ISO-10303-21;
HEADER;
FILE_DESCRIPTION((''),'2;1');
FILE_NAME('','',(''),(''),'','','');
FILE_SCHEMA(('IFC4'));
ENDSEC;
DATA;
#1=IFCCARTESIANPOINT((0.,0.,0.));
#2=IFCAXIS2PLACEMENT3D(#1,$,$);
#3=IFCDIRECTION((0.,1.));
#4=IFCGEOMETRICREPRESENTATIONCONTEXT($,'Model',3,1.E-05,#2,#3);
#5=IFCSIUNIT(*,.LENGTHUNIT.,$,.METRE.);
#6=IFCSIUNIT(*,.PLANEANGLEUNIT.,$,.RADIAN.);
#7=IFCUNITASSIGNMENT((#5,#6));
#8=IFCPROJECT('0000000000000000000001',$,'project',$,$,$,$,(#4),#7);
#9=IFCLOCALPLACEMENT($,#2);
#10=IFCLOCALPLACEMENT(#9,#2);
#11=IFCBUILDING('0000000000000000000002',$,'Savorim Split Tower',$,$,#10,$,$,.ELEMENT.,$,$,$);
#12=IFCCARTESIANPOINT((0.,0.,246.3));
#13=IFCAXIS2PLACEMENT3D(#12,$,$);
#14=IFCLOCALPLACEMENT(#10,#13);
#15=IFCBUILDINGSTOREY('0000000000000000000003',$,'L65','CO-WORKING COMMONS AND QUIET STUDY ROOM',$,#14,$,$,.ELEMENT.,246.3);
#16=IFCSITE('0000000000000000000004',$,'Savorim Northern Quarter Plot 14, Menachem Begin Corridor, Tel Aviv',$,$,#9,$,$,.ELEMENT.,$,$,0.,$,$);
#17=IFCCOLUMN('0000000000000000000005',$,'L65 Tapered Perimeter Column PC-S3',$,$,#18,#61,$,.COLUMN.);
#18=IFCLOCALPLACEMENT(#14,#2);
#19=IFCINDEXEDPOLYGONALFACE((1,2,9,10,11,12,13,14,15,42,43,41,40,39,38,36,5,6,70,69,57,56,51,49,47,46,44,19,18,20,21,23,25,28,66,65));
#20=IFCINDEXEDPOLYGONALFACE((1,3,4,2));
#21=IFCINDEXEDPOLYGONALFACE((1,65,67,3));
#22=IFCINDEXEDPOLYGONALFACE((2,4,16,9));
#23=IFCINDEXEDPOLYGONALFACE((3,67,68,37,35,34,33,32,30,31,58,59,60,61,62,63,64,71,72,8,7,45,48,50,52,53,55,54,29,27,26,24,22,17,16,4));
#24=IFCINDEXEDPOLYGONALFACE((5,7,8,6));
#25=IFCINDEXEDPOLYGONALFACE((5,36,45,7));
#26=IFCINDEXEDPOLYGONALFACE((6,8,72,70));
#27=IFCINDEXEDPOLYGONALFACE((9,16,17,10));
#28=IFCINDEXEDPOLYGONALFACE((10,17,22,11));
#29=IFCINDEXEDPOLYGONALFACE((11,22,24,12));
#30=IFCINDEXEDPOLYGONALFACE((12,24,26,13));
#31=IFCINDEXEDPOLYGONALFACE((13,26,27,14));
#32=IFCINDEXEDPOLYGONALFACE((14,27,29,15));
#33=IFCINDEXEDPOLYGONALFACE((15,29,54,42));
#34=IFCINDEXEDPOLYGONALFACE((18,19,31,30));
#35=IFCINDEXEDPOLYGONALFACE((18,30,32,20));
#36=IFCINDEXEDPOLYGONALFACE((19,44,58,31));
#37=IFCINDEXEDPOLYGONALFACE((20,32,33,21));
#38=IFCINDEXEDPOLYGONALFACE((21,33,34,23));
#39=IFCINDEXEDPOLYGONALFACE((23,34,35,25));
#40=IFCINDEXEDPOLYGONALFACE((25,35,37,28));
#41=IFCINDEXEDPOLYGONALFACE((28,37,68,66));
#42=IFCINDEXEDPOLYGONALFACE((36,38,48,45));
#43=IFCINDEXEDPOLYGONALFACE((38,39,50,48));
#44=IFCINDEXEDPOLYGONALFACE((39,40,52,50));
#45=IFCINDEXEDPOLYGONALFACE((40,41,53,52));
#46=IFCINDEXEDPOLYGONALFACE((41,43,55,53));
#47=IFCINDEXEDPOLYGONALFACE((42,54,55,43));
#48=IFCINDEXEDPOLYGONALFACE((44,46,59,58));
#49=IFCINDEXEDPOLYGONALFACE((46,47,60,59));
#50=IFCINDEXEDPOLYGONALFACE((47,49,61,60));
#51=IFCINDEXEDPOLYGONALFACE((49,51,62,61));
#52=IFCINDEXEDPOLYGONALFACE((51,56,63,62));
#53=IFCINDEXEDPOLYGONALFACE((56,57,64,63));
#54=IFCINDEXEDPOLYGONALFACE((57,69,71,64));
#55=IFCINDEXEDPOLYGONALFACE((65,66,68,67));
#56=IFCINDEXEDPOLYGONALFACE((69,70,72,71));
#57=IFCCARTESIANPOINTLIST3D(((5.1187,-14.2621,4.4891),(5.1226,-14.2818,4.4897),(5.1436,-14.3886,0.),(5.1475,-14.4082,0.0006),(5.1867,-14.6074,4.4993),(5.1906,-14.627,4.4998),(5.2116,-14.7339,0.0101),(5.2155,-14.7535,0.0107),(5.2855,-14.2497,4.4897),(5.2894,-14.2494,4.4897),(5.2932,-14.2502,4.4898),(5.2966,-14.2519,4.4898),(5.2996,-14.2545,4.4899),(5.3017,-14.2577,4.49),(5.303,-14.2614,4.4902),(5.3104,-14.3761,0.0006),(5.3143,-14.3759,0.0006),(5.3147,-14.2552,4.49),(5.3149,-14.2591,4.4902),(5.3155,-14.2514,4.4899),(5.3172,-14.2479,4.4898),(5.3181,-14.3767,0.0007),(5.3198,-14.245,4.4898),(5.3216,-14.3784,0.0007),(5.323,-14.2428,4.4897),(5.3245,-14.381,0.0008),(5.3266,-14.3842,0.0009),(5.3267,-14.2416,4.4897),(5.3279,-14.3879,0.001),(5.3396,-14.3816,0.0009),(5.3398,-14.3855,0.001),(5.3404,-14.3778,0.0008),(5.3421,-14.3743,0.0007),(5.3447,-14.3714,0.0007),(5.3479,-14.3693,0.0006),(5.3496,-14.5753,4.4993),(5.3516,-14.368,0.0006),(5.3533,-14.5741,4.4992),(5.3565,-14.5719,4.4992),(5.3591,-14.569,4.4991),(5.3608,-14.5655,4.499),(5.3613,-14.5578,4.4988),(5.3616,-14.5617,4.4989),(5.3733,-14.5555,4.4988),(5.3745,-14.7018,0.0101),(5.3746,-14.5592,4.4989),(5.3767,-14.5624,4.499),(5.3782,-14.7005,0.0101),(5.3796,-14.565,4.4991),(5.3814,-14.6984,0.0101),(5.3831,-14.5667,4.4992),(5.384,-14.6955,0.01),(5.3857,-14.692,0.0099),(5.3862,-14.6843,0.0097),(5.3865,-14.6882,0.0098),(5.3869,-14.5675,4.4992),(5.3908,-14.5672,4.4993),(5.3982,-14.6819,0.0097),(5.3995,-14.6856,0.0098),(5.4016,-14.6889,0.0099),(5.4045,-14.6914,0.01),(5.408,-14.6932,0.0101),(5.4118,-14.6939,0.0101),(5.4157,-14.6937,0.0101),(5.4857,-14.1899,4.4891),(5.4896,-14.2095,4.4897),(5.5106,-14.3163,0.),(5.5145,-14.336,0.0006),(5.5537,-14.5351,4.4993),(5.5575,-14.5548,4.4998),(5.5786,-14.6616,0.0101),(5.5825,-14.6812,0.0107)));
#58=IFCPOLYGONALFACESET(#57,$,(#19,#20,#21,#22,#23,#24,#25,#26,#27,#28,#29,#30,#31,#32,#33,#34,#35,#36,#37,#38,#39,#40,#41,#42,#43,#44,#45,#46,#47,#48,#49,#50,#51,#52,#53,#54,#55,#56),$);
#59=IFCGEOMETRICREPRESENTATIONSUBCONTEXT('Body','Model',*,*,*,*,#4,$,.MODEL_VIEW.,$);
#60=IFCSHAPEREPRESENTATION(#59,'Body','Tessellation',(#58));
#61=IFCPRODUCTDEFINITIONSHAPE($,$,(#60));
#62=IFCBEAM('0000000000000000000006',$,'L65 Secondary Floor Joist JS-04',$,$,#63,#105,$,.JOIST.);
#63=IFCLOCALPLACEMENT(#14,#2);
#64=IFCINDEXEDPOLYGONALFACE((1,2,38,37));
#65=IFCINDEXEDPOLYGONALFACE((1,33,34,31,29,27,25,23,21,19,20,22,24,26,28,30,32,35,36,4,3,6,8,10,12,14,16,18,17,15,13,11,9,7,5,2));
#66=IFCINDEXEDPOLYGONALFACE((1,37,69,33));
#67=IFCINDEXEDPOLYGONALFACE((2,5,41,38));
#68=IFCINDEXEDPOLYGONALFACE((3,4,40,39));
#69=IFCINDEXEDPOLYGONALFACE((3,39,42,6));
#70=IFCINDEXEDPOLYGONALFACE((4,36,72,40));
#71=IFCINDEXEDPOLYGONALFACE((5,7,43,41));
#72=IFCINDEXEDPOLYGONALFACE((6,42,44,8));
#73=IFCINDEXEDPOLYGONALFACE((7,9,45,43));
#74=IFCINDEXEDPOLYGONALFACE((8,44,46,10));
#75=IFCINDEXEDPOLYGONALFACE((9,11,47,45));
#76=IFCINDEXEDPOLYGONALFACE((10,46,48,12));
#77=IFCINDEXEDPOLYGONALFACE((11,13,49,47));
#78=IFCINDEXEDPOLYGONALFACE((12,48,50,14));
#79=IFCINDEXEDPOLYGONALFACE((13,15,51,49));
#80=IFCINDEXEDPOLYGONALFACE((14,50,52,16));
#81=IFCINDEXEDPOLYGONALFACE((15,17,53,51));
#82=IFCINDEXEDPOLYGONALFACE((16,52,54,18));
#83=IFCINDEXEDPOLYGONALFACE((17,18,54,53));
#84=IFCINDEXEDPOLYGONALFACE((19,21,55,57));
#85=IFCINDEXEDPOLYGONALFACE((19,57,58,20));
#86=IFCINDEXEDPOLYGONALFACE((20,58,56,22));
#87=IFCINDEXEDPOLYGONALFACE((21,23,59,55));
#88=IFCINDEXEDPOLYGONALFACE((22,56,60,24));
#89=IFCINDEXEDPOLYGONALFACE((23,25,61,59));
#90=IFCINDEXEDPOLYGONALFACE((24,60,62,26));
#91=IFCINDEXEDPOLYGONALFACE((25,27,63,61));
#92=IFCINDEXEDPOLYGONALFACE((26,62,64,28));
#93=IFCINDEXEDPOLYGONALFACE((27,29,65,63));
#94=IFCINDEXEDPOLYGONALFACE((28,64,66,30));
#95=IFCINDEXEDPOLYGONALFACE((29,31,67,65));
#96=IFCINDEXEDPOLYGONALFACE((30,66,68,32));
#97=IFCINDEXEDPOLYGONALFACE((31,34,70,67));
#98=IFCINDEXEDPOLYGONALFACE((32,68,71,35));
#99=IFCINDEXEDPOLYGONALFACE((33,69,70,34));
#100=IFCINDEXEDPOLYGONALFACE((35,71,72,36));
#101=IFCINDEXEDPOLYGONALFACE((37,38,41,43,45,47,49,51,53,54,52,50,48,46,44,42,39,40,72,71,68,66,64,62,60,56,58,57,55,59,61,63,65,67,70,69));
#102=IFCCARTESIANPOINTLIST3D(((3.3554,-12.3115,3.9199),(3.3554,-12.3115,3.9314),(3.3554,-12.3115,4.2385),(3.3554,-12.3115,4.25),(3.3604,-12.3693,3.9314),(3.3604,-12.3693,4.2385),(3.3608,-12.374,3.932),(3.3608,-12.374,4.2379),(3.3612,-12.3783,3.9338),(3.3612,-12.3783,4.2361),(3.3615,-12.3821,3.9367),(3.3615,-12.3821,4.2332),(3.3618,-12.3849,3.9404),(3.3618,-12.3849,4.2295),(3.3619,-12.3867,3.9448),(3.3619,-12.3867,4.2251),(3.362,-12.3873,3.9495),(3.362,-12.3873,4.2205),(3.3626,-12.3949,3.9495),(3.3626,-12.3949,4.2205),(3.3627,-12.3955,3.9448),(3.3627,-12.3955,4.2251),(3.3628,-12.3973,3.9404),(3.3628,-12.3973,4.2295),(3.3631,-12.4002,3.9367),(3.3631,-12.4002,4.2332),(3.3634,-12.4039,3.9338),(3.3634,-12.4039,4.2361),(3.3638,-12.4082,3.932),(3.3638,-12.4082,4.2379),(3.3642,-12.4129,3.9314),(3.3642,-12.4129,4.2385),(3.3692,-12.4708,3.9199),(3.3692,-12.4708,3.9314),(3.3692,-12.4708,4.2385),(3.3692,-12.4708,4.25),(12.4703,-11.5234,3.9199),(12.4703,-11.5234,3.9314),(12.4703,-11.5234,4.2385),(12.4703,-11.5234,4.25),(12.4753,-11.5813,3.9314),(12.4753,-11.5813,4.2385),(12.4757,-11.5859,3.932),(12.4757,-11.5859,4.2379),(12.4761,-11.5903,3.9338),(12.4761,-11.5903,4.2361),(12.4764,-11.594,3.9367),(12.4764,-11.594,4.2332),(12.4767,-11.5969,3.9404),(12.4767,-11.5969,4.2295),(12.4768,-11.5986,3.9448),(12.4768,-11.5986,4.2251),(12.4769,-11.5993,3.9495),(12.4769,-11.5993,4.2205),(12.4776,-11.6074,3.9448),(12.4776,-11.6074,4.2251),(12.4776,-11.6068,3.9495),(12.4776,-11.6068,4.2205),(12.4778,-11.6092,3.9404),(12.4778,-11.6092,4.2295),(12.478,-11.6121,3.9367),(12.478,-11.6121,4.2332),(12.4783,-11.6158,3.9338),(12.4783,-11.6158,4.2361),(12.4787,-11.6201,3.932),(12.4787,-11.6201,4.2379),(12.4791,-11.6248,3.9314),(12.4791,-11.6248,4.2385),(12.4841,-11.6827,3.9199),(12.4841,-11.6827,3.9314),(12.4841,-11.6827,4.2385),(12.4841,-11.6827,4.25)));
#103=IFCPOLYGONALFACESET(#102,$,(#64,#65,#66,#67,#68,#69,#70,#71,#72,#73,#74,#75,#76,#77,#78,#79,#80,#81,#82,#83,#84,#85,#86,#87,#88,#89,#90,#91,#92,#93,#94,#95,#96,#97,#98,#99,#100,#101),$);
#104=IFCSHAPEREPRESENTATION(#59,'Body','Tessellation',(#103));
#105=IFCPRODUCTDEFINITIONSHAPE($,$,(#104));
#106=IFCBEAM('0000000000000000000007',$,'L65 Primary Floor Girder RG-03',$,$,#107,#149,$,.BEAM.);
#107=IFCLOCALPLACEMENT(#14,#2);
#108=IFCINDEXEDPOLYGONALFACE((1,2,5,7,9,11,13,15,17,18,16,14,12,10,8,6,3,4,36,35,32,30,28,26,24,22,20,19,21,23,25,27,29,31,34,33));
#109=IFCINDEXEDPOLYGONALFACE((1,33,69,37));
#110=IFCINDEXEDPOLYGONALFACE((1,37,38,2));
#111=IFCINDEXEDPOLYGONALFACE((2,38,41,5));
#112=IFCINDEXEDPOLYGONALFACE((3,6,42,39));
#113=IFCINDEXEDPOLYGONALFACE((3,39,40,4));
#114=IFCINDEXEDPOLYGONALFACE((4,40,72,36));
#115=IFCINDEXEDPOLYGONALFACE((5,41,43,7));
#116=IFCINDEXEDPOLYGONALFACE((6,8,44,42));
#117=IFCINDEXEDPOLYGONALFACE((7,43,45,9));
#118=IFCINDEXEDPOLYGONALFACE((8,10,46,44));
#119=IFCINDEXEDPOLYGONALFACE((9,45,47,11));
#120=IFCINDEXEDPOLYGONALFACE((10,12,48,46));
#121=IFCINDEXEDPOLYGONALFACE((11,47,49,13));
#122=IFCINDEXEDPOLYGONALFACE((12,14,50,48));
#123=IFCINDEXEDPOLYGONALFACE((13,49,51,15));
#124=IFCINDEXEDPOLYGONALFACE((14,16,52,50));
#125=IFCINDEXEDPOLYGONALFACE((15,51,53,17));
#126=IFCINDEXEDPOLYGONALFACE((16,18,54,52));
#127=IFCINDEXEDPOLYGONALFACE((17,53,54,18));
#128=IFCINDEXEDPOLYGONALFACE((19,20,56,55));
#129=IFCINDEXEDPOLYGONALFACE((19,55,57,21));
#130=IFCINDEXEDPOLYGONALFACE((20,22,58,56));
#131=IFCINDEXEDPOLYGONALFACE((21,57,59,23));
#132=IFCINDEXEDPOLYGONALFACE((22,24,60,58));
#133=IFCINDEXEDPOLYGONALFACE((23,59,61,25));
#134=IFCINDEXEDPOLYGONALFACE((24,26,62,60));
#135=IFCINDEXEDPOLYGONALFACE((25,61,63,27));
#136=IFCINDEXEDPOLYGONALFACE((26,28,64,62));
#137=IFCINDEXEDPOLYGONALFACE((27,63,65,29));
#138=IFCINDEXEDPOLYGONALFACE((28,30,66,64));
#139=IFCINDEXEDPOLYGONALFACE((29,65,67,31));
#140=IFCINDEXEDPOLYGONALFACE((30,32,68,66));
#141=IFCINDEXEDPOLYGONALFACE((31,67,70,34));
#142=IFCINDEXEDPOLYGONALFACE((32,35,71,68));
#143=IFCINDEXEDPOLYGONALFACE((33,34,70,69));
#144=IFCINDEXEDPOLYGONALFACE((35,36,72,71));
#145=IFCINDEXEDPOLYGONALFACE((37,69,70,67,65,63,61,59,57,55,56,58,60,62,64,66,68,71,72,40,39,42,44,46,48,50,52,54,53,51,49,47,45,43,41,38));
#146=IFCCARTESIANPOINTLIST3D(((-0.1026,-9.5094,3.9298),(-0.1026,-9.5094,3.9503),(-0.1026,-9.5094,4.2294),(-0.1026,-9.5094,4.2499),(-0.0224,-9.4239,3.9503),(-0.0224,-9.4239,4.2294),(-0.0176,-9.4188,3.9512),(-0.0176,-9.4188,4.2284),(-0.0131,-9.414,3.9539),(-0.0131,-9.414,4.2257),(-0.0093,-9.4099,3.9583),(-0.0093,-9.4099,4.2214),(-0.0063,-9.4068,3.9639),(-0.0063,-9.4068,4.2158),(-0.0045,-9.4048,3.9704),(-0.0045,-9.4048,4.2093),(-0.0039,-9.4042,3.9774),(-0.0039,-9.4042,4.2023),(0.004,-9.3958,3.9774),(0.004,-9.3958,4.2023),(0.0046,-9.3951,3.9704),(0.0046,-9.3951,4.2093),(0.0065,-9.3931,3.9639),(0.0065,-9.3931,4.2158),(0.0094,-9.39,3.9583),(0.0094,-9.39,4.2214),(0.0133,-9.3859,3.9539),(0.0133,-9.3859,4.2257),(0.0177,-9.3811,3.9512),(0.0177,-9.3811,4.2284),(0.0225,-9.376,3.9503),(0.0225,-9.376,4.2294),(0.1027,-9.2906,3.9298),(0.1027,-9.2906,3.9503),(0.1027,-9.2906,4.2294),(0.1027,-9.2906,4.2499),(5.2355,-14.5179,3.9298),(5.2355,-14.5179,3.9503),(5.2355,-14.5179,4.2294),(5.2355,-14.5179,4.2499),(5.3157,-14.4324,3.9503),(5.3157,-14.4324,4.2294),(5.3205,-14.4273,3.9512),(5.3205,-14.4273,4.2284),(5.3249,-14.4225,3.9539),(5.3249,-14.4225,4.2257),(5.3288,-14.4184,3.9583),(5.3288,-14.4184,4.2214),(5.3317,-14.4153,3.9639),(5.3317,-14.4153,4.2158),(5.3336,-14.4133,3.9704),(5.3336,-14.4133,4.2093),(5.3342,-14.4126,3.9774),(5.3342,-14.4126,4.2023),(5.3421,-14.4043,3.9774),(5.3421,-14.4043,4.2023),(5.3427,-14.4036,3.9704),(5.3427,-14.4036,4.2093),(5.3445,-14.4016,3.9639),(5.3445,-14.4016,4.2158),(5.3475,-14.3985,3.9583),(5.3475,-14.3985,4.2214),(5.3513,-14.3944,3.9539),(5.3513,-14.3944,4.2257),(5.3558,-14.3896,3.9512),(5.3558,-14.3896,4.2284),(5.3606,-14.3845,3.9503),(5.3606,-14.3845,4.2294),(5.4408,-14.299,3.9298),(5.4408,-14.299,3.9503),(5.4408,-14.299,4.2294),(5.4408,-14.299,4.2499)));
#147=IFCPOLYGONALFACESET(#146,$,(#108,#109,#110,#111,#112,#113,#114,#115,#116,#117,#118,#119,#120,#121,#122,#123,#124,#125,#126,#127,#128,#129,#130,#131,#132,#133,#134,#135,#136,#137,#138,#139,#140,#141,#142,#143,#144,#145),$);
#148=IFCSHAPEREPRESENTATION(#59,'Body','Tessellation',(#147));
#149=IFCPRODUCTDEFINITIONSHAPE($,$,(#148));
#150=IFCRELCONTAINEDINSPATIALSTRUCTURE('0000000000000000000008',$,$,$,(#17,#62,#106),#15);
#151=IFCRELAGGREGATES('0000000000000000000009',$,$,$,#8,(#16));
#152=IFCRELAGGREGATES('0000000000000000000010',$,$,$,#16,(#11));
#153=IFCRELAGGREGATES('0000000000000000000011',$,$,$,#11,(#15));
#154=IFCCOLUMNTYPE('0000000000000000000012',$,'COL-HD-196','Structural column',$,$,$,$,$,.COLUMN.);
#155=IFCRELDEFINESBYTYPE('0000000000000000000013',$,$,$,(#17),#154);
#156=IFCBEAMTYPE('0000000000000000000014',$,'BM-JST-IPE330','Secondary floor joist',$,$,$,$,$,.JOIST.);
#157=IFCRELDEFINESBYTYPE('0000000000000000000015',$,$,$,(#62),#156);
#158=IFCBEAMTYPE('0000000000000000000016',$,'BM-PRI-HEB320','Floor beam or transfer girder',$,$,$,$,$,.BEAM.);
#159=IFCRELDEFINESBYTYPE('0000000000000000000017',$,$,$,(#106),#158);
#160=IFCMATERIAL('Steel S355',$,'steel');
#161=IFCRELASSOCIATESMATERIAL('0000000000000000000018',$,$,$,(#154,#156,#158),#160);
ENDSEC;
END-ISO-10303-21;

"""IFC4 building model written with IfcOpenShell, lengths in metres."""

from ifc_helpers import new_model, si_unit, direction, frame, origin, origin_2d, place, context, subcontext, project, spatial, i_section, extrude, material, material_profile, profile_set, type_object, element, save


model = new_model("IFC4")

# Units and contexts
model_context = context("Model", 3, precision=1e-05, world=origin(), true_north=direction((0.0, 1.0)))
body_context = subcontext(model_context, "Body", "Model", "MODEL_VIEW")
ifc_project = project(units=[si_unit("LENGTHUNIT", "METRE"), si_unit("PLANEANGLEUNIT", "RADIAN")], contexts=[model_context])

# Site, building, storey
site_placement = place(None, origin())
site = spatial("IfcSite", under=ifc_project, at=site_placement, Name="Savorim Northern Quarter Plot 14, Menachem Begin Corridor, Tel Aviv", CompositionType="ELEMENT", RefElevation=0.0)
building_placement = place(site_placement, origin())
building = spatial("IfcBuilding", under=site, at=building_placement, Name="Savorim Split Tower", CompositionType="ELEMENT")
storey_placement = place(building_placement, frame((0.0, 0.0, 246.3)))
storey = spatial("IfcBuildingStorey", under=building, at=storey_placement, Name="L65", Description="CO-WORKING COMMONS AND QUIET STUDY ROOM", CompositionType="ELEMENT", Elevation=246.3)

# Column
ifc_material_1 = material(Name="Steel S355", Category="steel")
ifc_material_profile_1 = material_profile(ifc_material_1, i_section(OverallWidth=0.374, OverallDepth=0.3721, WebThickness=0.0122, FlangeThickness=0.02, FilletRadius=0.0149, at=origin_2d()), Name="HD 360x196")
ifc_profile_set_1 = profile_set([ifc_material_profile_1], Name="Steel S355")
column_type = type_object("IfcColumnType", Name="COL-HD-196", Description="Structural column", PredefinedType="COLUMN", material=ifc_profile_set_1)
column_placement = place(storey_placement, frame((5.363, -14.5349, 0.0054), z_axis=(-0.005545, 0.02816, 0.999588), x_axis=(-0.981159, -0.193201, 0.0)))
element("IfcColumn", 1, at=column_placement, inside=storey, type_object=column_type, Name="L65 Tapered Perimeter Column PC-S3", PredefinedType="COLUMN", context=body_context, shape_type="SweptSolid", body=[
    extrude(i_section(OverallWidth=0.374, OverallDepth=0.3721, WebThickness=0.0122, FlangeThickness=0.02, FilletRadius=0.0149, at=origin_2d()), origin(), (0.0, 0.0, 1.0), 4.491),
])

# Beams
ifc_material_profile_2 = material_profile(ifc_material_1, i_section(OverallWidth=0.1599, OverallDepth=0.3301, WebThickness=0.0076, FlangeThickness=0.0115, FilletRadius=0.0181, at=origin_2d()), Name="IPE 330")
ifc_profile_set_2 = profile_set([ifc_material_profile_2], Name="Steel S355")
beam_type_1 = type_object("IfcBeamType", Name="BM-JST-IPE330", Description="Secondary floor joist", PredefinedType="JOIST", material=ifc_profile_set_2)
beam_1_placement = place(storey_placement, frame((3.3623, -12.3911, 4.085), z_axis=(0.996283, 0.086139, 0.0), x_axis=(-0.086139, 0.996283, 0.0)))
element("IfcBeam", 2, at=beam_1_placement, inside=storey, type_object=beam_type_1, Name="L65 Secondary Floor Joist JS-04", PredefinedType="JOIST", context=body_context, shape_type="SweptSolid", body=[
    extrude(i_section(OverallWidth=0.1599, OverallDepth=0.3301, WebThickness=0.0076, FlangeThickness=0.0115, FilletRadius=0.0181, at=origin_2d()), origin(), (0.0, 0.0, 1.0), 9.1489),
])
ifc_material_profile_3 = material_profile(ifc_material_1, i_section(OverallWidth=0.3, OverallDepth=0.3201, WebThickness=0.0115, FlangeThickness=0.0205, FilletRadius=0.0271, at=origin_2d()), Name="HEB 320")
ifc_profile_set_3 = profile_set([ifc_material_profile_3], Name="Steel S355")
beam_type_2 = type_object("IfcBeamType", Name="BM-PRI-HEB320", Description="Floor beam or transfer girder", PredefinedType="BEAM", material=ifc_profile_set_3)
beam_2_placement = place(storey_placement, frame((5.3381, -14.4084, 4.0898), z_axis=(-0.729262, 0.684235, 0.0), x_axis=(-0.684235, -0.729262, 0.0)))
element("IfcBeam", 3, at=beam_2_placement, inside=storey, type_object=beam_type_2, Name="L65 Primary Floor Girder RG-03", PredefinedType="BEAM", context=body_context, shape_type="SweptSolid", body=[
    extrude(i_section(OverallWidth=0.3, OverallDepth=0.3201, WebThickness=0.0115, FlangeThickness=0.0205, FilletRadius=0.0271, at=origin_2d()), origin(), (0.0, 0.0, 1.0), 7.3198),
])

save(model, "model.ifc")
